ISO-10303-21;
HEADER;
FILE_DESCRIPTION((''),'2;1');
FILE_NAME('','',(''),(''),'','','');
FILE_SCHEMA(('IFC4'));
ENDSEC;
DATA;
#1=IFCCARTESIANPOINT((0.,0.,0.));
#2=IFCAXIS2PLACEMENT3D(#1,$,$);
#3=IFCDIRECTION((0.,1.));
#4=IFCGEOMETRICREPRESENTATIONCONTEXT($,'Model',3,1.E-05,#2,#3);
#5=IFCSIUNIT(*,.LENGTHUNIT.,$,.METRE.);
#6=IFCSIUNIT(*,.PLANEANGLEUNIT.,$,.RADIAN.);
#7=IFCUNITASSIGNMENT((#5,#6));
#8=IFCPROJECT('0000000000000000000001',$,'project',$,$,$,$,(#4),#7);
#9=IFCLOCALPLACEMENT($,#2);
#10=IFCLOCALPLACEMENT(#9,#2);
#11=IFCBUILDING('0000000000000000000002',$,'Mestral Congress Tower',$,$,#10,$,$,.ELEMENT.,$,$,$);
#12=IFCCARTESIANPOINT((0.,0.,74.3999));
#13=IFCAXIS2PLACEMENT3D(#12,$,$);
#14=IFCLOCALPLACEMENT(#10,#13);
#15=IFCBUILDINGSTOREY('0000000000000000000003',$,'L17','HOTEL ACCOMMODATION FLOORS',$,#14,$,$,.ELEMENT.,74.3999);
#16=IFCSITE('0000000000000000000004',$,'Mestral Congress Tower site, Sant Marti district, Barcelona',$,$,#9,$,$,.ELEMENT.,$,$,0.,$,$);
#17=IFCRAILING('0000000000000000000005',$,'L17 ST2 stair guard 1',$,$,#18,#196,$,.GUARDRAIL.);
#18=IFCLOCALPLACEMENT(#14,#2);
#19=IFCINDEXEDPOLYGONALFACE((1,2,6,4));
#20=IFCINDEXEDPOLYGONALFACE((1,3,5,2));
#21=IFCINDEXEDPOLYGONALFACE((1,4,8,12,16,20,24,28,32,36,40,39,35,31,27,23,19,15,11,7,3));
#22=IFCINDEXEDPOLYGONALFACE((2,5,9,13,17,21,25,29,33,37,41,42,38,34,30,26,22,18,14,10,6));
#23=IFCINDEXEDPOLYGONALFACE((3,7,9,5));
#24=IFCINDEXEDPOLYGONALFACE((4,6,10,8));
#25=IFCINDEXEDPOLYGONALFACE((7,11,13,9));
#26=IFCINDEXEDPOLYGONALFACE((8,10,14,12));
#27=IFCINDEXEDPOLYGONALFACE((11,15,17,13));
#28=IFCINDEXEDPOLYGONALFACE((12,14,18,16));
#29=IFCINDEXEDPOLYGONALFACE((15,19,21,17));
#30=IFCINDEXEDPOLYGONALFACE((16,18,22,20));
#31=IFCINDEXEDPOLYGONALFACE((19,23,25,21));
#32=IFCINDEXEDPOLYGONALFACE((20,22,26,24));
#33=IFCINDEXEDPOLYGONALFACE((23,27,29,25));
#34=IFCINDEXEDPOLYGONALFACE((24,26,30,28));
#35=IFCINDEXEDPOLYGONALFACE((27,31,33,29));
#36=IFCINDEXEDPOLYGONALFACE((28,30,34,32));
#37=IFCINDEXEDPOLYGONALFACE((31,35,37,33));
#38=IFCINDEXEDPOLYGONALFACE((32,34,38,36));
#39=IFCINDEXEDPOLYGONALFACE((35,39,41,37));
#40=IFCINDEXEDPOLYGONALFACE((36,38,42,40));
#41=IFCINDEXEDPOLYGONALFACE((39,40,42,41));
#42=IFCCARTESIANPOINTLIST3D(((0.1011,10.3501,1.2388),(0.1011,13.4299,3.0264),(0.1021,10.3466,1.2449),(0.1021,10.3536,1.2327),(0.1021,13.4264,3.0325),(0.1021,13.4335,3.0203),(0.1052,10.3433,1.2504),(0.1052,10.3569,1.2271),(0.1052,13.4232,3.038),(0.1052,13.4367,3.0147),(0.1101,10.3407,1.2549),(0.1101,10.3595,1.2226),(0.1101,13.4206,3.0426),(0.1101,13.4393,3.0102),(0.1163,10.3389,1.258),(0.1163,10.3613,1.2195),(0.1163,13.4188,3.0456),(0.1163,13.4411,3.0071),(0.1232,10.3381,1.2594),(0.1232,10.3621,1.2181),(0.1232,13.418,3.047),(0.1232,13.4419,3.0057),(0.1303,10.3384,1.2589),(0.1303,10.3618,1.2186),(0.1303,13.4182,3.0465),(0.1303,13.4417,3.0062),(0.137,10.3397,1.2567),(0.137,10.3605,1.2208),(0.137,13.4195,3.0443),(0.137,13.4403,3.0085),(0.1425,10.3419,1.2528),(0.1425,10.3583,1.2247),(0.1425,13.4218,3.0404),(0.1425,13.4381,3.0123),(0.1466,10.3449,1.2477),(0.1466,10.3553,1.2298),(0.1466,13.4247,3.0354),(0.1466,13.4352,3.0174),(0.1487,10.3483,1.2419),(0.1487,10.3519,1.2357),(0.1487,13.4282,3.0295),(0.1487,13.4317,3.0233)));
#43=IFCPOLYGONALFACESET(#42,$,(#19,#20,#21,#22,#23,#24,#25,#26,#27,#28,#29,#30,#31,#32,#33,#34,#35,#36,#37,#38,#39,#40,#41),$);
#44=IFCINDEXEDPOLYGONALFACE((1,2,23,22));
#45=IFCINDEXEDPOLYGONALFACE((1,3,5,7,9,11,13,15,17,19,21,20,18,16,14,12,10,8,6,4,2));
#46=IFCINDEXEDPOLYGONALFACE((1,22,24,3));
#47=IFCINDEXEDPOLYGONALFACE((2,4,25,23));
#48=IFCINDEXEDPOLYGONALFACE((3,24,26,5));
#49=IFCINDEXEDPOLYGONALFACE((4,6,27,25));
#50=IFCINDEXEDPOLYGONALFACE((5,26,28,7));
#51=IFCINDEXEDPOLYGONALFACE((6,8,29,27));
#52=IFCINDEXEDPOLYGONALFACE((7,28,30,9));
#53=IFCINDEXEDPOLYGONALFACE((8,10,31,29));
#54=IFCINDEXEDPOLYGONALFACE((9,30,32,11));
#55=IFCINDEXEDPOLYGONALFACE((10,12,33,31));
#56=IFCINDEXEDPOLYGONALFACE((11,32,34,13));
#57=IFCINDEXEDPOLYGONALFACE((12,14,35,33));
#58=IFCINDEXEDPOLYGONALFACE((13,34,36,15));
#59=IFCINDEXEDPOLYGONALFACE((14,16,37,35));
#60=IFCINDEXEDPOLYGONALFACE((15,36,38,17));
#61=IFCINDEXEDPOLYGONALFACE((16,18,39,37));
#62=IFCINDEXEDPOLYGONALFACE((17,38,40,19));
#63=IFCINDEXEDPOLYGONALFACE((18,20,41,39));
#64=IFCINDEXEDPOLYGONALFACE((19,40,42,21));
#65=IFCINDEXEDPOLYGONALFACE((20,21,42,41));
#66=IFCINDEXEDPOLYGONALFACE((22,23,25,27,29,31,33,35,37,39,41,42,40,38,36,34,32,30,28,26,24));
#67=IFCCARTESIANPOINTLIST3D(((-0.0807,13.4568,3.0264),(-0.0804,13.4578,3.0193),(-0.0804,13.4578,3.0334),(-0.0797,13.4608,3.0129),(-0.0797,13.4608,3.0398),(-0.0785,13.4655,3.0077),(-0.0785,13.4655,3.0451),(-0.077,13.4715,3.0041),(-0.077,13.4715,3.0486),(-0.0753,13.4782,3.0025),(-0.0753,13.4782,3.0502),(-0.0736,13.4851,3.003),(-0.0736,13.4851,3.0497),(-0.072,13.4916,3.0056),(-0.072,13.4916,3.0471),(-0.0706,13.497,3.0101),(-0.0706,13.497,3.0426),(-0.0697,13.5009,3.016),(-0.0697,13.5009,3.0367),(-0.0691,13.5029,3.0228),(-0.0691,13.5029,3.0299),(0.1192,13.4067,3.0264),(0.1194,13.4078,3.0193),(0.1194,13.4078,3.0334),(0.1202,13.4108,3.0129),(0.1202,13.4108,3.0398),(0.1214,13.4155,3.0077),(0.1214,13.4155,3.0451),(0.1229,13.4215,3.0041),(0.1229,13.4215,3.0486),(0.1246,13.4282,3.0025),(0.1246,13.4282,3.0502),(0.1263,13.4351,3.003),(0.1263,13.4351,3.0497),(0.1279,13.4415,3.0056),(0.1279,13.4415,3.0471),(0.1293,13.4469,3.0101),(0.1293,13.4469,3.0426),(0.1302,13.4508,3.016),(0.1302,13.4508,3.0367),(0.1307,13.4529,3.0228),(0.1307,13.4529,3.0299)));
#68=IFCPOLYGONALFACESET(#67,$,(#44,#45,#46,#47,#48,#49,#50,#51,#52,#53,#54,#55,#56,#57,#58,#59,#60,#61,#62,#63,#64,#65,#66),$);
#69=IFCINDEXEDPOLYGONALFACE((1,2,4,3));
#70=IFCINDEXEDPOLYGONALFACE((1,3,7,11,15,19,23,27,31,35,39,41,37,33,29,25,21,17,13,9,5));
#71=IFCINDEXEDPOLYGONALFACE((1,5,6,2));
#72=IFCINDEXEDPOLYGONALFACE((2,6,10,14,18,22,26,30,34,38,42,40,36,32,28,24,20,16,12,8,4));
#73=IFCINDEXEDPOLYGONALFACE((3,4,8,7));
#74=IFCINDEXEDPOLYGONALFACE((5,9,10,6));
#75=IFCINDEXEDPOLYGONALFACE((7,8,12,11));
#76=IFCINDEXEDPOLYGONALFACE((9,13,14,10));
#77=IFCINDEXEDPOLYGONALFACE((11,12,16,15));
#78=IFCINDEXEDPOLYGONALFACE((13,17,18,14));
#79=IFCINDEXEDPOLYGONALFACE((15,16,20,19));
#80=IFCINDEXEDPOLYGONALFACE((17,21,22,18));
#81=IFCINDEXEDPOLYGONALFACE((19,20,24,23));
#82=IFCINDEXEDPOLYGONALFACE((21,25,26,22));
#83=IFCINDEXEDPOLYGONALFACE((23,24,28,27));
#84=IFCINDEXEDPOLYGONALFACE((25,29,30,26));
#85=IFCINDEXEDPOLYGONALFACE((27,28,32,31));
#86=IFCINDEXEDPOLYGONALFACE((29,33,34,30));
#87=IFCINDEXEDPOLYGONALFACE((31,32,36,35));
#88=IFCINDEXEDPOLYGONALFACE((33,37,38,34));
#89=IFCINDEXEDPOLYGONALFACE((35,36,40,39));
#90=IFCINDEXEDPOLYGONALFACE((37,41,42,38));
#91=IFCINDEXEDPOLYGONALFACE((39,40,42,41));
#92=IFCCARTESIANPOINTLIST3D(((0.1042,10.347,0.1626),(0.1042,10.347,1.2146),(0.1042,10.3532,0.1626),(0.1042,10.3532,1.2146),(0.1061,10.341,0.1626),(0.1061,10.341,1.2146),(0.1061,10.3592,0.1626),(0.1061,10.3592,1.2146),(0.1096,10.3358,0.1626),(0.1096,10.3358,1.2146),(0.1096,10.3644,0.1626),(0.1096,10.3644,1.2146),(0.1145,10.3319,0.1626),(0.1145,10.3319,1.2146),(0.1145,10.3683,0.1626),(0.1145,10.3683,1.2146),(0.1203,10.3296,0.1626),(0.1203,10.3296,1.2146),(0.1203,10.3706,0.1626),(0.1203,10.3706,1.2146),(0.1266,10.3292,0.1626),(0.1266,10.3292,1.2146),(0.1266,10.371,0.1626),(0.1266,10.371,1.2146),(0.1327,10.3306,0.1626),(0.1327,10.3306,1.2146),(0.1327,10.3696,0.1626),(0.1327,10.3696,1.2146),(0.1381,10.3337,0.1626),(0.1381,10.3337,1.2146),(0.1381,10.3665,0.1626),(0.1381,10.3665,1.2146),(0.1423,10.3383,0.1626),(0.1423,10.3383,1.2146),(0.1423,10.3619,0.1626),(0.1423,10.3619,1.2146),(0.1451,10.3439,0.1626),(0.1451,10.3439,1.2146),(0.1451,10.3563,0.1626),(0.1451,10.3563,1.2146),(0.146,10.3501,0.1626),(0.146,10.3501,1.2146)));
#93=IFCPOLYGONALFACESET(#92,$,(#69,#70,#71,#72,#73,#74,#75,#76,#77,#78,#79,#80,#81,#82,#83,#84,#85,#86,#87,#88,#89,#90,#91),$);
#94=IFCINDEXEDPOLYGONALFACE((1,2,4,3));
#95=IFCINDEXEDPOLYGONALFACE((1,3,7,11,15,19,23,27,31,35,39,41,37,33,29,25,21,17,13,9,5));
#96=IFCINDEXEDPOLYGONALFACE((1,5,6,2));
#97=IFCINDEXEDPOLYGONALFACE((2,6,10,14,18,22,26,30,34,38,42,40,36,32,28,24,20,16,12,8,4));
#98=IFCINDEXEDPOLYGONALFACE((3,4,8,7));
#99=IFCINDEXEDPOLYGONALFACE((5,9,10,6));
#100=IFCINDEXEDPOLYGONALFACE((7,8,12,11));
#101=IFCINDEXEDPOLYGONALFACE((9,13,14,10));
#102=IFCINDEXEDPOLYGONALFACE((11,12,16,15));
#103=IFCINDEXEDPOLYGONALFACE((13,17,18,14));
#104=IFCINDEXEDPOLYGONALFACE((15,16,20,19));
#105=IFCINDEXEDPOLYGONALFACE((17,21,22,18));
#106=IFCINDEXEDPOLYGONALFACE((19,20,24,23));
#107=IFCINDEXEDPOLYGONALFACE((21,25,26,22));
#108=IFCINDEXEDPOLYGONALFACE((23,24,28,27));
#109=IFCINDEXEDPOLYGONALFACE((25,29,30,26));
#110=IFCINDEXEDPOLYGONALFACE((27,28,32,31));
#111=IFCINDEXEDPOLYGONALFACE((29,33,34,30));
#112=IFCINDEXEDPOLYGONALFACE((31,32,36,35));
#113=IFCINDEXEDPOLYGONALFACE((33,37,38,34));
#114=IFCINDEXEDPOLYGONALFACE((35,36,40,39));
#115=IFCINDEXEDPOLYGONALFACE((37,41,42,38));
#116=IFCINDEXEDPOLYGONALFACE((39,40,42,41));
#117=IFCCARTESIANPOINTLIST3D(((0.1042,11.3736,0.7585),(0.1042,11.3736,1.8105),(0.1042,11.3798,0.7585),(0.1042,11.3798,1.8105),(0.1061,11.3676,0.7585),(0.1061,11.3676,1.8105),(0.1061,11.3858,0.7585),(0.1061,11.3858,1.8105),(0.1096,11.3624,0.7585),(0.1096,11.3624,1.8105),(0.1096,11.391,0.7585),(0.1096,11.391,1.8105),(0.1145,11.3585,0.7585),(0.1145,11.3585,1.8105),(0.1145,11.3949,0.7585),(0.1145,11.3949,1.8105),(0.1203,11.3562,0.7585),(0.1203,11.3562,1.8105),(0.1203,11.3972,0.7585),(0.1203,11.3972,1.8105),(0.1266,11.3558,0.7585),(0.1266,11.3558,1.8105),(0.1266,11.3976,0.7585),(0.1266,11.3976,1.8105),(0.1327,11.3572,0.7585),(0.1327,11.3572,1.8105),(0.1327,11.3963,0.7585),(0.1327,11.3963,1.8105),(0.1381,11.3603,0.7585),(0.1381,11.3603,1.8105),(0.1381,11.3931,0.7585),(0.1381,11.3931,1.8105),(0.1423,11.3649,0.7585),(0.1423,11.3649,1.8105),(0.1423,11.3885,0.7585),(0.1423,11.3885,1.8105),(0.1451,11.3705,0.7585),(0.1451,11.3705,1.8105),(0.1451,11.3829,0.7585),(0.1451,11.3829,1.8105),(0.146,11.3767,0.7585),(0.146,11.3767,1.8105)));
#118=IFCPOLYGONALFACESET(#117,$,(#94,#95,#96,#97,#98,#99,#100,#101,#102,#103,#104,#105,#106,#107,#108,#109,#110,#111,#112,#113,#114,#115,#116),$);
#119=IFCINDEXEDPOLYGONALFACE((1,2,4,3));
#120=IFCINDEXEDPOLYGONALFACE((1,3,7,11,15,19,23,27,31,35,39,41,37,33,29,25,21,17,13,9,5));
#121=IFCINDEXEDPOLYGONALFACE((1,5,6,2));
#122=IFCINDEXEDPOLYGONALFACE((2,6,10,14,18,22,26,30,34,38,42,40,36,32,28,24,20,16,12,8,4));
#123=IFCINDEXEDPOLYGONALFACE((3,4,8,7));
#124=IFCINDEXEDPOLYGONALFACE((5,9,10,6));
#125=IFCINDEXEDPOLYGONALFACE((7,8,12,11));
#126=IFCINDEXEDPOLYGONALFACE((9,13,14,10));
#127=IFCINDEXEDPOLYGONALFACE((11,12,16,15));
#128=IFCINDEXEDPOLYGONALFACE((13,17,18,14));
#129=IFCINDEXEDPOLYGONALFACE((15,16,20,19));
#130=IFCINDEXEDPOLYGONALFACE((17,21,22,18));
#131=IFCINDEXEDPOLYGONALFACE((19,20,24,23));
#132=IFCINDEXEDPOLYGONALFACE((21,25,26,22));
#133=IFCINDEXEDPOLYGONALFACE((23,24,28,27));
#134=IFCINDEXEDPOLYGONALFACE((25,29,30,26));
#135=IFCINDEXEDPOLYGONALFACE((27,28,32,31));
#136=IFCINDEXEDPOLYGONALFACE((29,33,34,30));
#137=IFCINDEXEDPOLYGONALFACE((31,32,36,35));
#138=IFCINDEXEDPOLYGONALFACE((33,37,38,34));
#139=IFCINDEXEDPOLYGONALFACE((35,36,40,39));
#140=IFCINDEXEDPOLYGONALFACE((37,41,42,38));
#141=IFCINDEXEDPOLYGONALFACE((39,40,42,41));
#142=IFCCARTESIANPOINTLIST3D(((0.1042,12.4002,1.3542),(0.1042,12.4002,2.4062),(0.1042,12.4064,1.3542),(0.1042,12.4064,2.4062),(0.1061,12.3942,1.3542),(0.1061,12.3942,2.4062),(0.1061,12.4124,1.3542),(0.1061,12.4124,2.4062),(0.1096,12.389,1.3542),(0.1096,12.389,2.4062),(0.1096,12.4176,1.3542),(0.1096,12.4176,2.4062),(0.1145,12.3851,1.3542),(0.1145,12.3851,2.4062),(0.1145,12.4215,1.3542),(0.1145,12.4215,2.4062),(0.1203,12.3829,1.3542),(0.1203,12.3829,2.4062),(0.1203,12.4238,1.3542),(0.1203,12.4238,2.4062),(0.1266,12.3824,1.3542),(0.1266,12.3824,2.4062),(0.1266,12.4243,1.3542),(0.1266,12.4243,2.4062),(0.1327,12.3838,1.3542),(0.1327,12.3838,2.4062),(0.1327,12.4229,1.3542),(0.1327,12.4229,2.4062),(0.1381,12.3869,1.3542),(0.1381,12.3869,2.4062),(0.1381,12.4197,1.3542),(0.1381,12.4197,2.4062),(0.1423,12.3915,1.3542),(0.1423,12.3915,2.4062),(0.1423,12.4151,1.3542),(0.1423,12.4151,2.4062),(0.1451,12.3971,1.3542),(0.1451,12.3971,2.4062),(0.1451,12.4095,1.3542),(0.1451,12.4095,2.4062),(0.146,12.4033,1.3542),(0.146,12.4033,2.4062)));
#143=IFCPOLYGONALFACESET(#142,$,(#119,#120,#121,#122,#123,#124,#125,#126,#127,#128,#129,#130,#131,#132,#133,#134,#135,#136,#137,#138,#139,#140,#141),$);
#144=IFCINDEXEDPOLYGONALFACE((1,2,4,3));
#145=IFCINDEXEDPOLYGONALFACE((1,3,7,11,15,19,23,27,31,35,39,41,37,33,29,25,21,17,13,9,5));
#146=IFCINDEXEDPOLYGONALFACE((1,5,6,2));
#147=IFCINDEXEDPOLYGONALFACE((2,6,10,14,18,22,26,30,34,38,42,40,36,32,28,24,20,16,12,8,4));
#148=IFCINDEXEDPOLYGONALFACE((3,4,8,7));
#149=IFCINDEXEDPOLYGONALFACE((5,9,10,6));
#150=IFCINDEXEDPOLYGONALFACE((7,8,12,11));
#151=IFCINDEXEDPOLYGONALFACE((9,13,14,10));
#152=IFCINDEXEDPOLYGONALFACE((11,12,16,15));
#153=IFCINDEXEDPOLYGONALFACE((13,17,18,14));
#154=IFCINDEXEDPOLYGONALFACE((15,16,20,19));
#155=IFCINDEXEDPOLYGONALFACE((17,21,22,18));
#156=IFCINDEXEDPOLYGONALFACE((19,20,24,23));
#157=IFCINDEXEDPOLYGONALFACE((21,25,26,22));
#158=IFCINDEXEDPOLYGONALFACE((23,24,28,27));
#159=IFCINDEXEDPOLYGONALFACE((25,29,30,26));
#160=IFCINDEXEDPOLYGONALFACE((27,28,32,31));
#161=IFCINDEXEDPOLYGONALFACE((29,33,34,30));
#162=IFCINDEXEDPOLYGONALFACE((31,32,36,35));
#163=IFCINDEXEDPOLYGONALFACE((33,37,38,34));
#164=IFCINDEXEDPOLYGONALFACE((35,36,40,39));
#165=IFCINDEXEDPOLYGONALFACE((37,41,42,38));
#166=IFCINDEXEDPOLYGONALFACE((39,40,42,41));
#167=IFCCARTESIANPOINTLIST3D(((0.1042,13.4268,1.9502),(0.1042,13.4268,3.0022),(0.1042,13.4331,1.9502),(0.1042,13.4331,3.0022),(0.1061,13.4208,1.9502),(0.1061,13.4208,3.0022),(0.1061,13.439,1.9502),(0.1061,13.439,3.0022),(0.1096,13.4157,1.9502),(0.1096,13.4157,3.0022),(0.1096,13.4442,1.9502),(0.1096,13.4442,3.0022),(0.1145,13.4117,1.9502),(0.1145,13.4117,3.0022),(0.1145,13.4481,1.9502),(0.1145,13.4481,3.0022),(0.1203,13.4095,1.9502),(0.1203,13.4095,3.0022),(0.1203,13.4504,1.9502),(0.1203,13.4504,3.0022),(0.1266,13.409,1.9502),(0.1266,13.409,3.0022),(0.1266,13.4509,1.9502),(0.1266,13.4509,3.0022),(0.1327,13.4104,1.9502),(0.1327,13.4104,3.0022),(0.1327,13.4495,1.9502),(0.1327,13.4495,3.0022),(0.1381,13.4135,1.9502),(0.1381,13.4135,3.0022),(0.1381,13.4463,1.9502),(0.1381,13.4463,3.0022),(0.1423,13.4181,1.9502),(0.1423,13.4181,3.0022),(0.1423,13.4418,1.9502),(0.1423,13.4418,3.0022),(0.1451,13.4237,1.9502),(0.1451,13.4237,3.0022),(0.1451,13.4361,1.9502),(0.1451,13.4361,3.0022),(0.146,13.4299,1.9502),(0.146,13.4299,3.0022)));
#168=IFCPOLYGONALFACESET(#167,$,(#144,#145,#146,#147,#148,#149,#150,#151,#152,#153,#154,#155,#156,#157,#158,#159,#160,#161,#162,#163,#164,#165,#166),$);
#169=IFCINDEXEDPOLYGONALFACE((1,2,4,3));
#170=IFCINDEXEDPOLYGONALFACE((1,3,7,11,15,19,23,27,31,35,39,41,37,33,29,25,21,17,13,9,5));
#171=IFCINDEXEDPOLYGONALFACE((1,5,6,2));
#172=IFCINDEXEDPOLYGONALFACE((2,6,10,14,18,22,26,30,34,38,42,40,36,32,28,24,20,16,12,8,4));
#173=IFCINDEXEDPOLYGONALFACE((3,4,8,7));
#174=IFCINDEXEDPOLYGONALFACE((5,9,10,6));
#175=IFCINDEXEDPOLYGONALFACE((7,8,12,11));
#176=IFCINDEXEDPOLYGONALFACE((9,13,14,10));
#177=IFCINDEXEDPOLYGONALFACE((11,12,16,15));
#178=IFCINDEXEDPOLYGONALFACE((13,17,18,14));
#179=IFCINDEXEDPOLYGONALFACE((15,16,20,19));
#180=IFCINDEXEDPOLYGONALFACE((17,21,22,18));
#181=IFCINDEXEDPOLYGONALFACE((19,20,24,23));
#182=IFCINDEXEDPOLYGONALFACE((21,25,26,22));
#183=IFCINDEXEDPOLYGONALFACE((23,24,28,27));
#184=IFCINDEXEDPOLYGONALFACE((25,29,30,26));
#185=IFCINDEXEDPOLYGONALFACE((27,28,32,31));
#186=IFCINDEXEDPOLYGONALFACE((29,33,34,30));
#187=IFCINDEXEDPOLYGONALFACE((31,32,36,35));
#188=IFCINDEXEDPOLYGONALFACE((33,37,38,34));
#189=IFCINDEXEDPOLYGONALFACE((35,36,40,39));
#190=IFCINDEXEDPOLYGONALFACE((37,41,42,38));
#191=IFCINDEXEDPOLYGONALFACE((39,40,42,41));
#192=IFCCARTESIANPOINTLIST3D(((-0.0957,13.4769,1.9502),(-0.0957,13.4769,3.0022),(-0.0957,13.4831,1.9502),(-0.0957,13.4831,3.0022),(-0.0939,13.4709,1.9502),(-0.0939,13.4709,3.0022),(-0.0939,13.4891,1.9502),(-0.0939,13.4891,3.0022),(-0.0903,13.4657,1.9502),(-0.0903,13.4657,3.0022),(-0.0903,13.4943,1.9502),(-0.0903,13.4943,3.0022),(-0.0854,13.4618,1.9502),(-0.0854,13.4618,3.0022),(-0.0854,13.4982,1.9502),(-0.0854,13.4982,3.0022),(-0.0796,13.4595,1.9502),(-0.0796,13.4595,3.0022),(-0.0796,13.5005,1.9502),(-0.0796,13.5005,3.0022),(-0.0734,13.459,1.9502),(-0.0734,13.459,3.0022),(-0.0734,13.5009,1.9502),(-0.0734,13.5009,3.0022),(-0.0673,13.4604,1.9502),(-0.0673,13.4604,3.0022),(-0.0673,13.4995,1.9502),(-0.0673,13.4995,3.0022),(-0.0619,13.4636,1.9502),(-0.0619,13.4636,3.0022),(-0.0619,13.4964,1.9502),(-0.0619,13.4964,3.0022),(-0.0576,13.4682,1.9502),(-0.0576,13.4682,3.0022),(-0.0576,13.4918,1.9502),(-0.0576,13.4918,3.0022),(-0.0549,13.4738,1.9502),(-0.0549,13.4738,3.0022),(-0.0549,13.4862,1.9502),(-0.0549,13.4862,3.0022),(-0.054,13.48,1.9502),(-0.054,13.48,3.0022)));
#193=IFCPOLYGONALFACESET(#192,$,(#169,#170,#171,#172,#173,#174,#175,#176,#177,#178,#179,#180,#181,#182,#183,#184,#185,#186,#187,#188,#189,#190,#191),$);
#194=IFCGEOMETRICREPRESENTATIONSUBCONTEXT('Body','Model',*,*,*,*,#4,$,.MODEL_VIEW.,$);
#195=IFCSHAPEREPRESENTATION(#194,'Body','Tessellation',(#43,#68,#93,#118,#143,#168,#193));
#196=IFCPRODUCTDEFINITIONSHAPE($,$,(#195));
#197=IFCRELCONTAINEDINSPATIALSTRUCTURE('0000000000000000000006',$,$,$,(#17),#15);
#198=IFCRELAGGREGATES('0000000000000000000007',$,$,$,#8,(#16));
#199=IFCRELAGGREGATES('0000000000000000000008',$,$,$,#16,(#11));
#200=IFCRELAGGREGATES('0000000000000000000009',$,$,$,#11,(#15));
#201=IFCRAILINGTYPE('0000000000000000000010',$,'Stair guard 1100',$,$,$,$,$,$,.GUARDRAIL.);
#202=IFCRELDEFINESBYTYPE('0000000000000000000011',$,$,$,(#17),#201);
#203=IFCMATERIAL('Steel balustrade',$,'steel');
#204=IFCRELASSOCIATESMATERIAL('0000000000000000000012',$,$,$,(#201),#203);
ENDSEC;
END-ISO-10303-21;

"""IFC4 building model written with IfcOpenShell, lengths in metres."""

from ifc_helpers import new_model, si_unit, direction, frame, origin, origin_2d, place, context, subcontext, project, spatial, circle, extrude, material, type_object, element, save


model = new_model("IFC4")

# Units and contexts
model_context = context("Model", 3, precision=1e-05, world=origin(), true_north=direction((0.0, 1.0)))
body_context = subcontext(model_context, "Body", "Model", "MODEL_VIEW")
ifc_project = project(units=[si_unit("LENGTHUNIT", "METRE"), si_unit("PLANEANGLEUNIT", "RADIAN")], contexts=[model_context])

# Site, building, storey
site_placement = place(None, origin())
site = spatial("IfcSite", under=ifc_project, at=site_placement, Name="Mestral Congress Tower site, Sant Marti district, Barcelona", CompositionType="ELEMENT", RefElevation=0.0)
building_placement = place(site_placement, origin())
building = spatial("IfcBuilding", under=site, at=building_placement, Name="Mestral Congress Tower", CompositionType="ELEMENT")
storey_placement = place(building_placement, frame((0.0, 0.0, 74.3999)))
storey = spatial("IfcBuildingStorey", under=building, at=storey_placement, Name="L17", Description="HOTEL ACCOMMODATION FLOORS", CompositionType="ELEMENT", Elevation=74.3999)

# Railing
ifc_material_1 = material(Name="Steel balustrade", Category="steel")
railing_type = type_object("IfcRailingType", Name="Stair guard 1100", PredefinedType="GUARDRAIL", material=ifc_material_1)
railing_1_placement = place(storey_placement, frame((0.125, 10.3501, 0.1626)))
element("IfcRailing", 1, at=railing_1_placement, inside=storey, type_object=railing_type, Name="L17 ST2 stair guard 1", PredefinedType="GUARDRAIL", context=body_context, shape_type="SweptSolid", body=[
    extrude(circle(Radius=0.0239, at=origin_2d()), frame((0.0, 0.0, 1.0762), z_axis=(0.0, 0.864873, 0.50199), x_axis=(-1.0, 0.0, 0.0)), (0.0, 0.0, 1.0), 3.561),
    extrude(circle(Radius=0.0239, at=origin_2d()), frame((0.0, 3.0798, 2.8638), z_axis=(-0.970073, 0.242814, 0.0), x_axis=(-0.242814, -0.970073, 0.0)), (0.0, 0.0, 1.0), 0.2061),
    extrude(circle(Radius=0.021, at=origin_2d()), origin(), (0.0, 0.0, 1.0), 1.052),
    extrude(circle(Radius=0.021, at=origin_2d()), frame((0.0, 1.0266, 0.5959)), (0.0, 0.0, 1.0), 1.052),
    extrude(circle(Radius=0.021, at=origin_2d()), frame((0.0, 2.0532, 1.1917)), (0.0, 0.0, 1.0), 1.052),
    extrude(circle(Radius=0.021, at=origin_2d()), frame((0.0, 3.0798, 1.7876)), (0.0, 0.0, 1.0), 1.052),
    extrude(circle(Radius=0.021, at=origin_2d()), frame((-0.2, 3.1299, 1.7876)), (0.0, 0.0, 1.0), 1.052),
])

save(model, "model.ifc")
